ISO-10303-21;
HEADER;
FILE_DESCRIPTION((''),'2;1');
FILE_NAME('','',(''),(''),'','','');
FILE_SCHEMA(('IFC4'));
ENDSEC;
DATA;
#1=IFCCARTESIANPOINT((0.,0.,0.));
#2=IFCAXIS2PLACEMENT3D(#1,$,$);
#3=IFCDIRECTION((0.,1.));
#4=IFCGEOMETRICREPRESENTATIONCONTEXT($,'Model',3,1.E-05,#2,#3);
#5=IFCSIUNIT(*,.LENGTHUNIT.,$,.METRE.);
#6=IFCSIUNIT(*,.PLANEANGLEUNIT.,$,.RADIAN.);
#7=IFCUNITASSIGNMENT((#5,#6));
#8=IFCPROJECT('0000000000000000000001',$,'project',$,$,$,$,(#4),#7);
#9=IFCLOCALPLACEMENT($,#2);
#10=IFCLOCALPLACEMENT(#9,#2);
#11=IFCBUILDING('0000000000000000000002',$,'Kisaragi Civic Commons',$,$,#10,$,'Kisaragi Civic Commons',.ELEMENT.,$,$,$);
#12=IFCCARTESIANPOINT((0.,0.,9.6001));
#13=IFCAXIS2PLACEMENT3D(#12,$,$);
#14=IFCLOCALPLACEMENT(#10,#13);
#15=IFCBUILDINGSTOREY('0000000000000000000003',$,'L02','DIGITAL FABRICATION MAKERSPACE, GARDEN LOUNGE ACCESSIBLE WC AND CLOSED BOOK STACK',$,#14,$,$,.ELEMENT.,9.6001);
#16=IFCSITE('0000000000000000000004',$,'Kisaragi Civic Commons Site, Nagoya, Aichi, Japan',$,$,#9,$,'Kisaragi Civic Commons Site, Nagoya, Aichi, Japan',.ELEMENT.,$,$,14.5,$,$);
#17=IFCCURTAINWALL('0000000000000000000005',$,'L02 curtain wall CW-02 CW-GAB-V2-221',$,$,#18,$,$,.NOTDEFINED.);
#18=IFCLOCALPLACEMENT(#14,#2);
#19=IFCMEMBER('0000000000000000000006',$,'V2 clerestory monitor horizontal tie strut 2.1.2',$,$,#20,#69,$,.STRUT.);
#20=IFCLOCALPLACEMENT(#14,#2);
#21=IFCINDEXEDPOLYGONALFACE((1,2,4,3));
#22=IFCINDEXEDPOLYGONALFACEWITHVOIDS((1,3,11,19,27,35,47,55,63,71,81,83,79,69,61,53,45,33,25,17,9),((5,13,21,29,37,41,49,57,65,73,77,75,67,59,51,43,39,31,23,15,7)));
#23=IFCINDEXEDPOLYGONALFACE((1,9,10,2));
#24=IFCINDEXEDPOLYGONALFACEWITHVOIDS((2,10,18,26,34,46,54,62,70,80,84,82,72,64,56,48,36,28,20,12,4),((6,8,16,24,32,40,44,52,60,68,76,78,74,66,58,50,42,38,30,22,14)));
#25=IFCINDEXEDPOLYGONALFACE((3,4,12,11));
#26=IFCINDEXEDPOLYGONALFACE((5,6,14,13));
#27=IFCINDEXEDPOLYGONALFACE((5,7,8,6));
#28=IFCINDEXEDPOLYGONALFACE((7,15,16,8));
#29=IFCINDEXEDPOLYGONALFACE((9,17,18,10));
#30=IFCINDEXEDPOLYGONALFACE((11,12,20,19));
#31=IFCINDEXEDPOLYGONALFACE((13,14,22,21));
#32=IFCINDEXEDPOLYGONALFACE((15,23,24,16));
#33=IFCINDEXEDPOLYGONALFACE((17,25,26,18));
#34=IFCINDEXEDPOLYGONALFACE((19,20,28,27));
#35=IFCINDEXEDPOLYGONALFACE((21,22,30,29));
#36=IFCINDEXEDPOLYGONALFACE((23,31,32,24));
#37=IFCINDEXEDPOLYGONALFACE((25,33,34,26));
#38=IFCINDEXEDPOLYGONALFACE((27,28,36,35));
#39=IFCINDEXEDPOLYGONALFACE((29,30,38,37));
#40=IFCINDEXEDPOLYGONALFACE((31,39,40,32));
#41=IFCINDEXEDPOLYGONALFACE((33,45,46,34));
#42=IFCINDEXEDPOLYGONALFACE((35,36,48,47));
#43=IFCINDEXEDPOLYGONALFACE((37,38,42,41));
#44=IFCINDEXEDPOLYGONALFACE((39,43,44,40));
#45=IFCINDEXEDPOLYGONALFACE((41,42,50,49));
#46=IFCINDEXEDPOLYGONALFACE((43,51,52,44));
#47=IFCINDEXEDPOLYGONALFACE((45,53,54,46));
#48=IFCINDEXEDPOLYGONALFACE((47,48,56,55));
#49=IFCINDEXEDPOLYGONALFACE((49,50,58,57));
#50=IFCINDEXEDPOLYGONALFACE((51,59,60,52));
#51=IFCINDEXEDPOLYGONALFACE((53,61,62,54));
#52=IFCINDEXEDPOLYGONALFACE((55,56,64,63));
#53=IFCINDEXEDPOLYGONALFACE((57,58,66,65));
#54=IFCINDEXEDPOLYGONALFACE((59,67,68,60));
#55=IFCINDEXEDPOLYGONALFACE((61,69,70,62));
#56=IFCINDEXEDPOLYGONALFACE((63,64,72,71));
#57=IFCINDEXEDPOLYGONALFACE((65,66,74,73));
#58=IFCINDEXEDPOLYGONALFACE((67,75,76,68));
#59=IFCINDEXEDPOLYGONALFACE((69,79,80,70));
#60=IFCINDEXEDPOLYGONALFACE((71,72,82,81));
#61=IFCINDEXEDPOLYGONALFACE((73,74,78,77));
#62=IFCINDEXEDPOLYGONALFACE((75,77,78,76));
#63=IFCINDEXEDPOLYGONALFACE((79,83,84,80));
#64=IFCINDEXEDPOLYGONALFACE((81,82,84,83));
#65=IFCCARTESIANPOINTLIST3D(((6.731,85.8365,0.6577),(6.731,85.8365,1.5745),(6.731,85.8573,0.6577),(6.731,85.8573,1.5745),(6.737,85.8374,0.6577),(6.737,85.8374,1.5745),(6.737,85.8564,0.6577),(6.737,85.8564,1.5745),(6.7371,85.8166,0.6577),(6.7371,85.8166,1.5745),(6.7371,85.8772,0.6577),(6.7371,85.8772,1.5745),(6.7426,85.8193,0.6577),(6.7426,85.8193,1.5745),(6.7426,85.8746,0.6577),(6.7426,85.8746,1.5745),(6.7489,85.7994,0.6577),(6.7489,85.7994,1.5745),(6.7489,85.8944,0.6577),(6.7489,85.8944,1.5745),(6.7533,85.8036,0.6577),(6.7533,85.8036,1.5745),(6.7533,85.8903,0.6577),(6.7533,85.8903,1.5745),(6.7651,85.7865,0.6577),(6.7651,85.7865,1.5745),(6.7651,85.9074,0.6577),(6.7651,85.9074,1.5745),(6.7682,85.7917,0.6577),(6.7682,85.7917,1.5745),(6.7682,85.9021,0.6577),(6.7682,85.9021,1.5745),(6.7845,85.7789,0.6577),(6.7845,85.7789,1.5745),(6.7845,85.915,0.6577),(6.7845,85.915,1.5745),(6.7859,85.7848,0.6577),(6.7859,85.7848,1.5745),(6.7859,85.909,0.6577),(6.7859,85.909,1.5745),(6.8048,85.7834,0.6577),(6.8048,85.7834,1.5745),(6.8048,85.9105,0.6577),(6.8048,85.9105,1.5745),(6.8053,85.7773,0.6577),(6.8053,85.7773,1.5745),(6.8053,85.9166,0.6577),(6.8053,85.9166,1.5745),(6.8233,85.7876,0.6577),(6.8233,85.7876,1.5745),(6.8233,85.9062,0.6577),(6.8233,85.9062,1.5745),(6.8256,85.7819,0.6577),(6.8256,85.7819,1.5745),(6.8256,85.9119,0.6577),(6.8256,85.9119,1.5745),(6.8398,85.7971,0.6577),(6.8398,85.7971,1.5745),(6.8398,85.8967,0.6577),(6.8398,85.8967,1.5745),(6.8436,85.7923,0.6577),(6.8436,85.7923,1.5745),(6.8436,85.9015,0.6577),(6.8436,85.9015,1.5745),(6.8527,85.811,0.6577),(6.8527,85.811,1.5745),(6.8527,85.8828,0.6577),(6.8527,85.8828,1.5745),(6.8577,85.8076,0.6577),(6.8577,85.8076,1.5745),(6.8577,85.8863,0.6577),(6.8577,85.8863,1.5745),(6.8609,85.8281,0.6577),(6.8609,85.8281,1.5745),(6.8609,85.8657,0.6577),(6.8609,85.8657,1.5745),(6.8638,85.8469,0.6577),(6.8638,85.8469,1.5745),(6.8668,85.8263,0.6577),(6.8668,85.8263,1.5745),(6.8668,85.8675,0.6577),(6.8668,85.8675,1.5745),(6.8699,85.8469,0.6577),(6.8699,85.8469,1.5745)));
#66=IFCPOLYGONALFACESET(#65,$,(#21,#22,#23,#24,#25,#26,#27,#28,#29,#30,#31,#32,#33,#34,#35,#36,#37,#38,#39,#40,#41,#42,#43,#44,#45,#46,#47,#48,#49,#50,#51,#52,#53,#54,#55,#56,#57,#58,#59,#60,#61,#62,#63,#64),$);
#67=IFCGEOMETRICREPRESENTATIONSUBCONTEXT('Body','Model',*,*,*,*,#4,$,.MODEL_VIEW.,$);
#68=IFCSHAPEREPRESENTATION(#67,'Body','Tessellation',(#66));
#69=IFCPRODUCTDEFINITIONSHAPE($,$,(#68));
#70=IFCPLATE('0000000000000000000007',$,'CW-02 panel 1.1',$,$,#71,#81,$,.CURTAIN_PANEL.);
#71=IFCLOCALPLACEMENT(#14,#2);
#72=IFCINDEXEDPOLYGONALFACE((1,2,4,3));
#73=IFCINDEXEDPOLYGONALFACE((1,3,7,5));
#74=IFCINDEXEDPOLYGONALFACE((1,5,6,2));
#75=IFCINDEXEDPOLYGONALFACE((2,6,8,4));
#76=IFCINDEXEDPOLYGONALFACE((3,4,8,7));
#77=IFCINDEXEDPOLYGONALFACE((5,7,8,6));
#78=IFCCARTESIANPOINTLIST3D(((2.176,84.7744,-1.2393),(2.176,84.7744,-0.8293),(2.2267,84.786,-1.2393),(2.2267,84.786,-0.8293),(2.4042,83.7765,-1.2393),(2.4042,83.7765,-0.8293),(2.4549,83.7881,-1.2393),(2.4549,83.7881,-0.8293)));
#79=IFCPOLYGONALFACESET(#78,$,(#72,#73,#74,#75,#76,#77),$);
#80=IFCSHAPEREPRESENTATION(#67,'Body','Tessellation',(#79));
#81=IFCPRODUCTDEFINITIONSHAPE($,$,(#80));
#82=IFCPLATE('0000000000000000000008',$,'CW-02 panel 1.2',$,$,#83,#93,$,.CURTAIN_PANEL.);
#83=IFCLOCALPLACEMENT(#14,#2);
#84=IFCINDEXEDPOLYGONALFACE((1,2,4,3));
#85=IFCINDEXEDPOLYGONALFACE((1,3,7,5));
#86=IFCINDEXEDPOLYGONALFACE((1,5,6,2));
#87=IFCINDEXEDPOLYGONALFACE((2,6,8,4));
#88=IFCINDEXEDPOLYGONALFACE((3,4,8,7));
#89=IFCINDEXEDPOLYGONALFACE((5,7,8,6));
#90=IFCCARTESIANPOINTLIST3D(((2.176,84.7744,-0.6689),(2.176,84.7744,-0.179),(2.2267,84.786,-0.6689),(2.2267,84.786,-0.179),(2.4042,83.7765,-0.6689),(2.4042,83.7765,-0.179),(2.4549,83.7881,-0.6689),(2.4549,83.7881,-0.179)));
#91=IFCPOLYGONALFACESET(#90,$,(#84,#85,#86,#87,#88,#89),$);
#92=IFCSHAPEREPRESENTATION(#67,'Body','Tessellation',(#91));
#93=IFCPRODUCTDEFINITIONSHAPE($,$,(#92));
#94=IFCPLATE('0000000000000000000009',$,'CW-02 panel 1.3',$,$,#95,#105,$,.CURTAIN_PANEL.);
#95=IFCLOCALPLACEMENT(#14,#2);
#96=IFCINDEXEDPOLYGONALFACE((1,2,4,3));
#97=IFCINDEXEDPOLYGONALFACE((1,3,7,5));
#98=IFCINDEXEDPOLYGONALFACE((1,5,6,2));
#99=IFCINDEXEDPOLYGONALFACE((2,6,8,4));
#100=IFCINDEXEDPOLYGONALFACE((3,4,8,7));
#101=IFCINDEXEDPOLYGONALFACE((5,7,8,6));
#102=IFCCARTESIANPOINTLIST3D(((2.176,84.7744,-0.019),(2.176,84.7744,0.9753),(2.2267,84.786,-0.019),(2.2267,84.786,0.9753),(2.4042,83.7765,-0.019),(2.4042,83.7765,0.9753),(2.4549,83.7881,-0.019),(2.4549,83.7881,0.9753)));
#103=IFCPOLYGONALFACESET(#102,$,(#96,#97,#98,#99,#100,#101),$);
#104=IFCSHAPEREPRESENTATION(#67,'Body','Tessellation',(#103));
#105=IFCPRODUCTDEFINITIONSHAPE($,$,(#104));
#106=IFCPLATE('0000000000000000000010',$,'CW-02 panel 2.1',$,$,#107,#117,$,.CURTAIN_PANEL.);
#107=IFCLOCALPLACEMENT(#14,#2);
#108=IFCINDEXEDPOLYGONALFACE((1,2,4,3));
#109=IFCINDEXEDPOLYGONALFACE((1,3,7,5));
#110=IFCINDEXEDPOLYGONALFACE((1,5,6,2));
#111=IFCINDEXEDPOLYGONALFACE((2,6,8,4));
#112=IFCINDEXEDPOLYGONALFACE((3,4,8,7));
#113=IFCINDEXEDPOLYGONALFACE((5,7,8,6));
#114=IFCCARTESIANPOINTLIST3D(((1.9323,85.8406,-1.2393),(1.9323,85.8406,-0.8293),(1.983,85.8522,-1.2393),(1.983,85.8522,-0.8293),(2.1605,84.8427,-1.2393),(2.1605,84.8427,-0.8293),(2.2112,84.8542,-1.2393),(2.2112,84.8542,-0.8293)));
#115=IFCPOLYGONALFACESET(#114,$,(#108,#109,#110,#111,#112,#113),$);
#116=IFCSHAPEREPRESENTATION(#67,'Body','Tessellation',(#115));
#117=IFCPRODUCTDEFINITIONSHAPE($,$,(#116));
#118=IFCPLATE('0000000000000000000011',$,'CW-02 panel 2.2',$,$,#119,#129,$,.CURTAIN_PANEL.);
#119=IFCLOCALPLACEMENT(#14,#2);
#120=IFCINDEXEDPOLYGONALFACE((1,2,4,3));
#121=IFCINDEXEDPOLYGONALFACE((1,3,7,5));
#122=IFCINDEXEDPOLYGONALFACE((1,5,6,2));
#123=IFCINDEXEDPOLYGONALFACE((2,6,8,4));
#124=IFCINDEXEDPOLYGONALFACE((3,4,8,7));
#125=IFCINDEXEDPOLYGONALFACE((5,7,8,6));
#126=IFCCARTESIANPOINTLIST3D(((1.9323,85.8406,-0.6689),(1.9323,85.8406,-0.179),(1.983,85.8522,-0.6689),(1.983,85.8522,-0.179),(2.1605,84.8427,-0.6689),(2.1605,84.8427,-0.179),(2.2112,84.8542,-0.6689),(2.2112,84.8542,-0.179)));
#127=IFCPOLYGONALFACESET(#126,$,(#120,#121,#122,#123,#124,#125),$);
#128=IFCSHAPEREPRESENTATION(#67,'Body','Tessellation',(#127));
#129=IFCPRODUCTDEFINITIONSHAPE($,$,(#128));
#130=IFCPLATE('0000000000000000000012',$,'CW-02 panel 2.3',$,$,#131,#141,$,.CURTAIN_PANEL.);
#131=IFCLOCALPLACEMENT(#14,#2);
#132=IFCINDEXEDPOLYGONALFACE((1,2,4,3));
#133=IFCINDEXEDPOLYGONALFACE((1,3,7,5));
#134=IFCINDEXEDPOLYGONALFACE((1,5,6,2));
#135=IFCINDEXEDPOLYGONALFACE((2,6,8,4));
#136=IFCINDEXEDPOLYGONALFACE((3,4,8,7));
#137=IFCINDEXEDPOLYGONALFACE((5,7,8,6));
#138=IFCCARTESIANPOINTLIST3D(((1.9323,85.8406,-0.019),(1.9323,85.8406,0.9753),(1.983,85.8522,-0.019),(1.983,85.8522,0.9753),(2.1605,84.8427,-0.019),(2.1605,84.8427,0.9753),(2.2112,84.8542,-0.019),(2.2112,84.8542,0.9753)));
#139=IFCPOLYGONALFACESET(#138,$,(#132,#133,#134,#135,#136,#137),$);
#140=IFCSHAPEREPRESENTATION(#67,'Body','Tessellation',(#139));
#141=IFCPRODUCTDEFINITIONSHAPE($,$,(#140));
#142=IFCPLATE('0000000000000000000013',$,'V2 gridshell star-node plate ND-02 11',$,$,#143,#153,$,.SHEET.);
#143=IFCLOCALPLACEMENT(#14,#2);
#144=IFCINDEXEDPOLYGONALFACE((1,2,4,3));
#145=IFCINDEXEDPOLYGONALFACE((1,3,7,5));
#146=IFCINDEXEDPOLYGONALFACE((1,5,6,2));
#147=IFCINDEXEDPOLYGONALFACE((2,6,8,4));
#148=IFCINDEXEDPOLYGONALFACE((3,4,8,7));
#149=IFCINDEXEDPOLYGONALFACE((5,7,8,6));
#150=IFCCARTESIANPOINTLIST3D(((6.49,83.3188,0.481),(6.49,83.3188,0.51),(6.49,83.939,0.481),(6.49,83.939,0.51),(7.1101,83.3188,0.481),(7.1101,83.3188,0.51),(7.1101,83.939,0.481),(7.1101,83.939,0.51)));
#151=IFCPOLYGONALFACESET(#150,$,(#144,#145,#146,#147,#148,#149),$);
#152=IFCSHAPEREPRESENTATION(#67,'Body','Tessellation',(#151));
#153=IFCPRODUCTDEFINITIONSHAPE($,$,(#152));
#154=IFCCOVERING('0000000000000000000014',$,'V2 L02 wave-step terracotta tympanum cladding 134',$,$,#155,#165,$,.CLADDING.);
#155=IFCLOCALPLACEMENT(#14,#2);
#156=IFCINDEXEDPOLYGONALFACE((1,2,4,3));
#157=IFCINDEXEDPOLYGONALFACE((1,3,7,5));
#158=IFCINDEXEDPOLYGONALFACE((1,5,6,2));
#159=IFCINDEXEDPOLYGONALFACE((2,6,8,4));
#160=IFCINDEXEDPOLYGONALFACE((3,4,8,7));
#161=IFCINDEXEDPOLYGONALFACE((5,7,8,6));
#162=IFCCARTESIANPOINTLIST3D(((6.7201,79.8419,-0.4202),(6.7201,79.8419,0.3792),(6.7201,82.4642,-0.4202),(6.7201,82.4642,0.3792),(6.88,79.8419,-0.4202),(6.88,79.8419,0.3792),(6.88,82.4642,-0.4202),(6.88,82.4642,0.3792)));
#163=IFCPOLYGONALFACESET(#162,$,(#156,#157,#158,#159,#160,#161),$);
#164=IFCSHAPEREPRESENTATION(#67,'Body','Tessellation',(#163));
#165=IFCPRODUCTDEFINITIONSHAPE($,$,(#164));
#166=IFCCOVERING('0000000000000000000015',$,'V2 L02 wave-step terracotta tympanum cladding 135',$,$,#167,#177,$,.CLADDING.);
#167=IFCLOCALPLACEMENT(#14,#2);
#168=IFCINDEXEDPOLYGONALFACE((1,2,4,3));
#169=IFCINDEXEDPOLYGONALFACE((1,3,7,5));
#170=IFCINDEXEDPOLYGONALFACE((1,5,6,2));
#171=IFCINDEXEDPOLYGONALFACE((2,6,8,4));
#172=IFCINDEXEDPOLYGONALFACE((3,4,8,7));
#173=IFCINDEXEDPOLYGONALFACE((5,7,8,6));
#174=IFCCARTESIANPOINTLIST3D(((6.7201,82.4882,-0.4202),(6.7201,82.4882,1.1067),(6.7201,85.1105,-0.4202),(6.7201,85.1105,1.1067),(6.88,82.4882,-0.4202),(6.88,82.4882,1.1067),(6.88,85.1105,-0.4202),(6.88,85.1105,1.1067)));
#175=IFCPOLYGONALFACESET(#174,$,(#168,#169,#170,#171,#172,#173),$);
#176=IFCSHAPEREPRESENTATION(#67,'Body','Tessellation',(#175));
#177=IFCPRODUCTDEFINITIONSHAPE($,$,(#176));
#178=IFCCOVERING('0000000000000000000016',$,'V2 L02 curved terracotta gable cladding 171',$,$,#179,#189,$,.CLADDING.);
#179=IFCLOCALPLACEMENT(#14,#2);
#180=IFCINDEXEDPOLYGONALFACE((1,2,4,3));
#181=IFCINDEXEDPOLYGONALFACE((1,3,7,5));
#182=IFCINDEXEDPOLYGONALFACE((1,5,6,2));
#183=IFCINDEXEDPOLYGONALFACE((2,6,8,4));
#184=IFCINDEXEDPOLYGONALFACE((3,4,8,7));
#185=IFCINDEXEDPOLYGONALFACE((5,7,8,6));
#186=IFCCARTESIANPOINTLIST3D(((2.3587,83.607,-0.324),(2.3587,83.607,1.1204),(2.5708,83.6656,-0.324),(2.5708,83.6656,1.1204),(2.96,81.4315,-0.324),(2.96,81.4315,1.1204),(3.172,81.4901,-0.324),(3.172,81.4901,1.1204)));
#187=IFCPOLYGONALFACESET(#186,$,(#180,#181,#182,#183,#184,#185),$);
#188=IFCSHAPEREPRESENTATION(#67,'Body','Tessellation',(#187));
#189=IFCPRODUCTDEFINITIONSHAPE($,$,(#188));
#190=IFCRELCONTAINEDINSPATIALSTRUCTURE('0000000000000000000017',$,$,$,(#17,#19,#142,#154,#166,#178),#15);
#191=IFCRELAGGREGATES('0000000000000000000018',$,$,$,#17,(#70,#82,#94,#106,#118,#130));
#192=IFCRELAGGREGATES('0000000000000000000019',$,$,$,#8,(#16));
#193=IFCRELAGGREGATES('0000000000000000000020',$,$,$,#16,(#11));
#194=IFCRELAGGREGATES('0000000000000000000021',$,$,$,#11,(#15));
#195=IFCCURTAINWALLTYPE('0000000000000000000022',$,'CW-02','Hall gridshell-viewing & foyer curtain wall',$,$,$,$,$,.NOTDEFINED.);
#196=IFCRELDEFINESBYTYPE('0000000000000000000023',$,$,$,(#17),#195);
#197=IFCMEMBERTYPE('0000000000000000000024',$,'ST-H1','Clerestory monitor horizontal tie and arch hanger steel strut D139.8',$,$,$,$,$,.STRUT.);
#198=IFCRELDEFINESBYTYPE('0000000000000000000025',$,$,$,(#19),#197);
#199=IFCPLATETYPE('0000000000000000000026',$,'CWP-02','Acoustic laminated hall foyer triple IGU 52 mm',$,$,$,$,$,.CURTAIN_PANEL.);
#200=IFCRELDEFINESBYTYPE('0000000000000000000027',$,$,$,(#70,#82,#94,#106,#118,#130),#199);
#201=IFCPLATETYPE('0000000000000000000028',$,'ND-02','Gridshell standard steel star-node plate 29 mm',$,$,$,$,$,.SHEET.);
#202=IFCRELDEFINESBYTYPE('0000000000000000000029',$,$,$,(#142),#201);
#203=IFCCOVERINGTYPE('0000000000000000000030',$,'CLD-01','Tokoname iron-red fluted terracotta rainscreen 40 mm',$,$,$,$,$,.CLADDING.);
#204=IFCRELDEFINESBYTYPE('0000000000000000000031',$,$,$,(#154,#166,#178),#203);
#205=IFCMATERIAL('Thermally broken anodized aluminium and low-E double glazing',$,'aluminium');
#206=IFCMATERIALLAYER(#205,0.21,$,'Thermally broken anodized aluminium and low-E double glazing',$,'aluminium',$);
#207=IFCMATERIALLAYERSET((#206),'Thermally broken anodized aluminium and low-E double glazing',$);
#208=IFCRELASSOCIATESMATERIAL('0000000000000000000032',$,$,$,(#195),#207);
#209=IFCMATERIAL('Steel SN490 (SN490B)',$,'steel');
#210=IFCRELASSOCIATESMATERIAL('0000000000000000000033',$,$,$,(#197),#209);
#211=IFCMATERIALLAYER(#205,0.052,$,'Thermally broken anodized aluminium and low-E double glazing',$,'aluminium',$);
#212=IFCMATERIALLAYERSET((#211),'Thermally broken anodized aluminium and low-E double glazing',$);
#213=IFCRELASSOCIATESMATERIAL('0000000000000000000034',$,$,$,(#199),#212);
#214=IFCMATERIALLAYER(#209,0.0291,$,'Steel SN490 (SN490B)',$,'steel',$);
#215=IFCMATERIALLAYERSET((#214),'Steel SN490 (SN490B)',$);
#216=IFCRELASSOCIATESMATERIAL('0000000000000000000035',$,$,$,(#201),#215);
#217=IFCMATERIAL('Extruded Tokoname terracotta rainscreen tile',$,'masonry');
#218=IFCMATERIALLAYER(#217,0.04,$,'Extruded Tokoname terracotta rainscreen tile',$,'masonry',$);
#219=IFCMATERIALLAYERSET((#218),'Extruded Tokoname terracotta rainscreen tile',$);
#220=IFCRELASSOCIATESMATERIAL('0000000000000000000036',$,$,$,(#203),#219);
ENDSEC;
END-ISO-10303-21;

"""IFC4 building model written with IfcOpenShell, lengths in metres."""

from ifc_helpers import new_model, si_unit, direction, frame, origin, origin_2d, place, context, subcontext, project, spatial, rectangle, hollow_circle, extrude, material, layer, layer_set, material_profile, profile_set, type_object, element, aggregate, save


model = new_model("IFC4")

# Units and contexts
model_context = context("Model", 3, precision=1e-05, world=origin(), true_north=direction((0.0, 1.0)))
body_context = subcontext(model_context, "Body", "Model", "MODEL_VIEW")
ifc_project = project(units=[si_unit("LENGTHUNIT", "METRE"), si_unit("PLANEANGLEUNIT", "RADIAN")], contexts=[model_context])

# Site, building, storey
site_placement = place(None, origin())
site = spatial("IfcSite", under=ifc_project, at=site_placement, Name="Kisaragi Civic Commons Site, Nagoya, Aichi, Japan", LongName="Kisaragi Civic Commons Site, Nagoya, Aichi, Japan", CompositionType="ELEMENT", RefElevation=14.5)
building_placement = place(site_placement, origin())
building = spatial("IfcBuilding", under=site, at=building_placement, Name="Kisaragi Civic Commons", LongName="Kisaragi Civic Commons", CompositionType="ELEMENT")
storey_placement = place(building_placement, frame((0.0, 0.0, 9.6001)))
storey = spatial("IfcBuildingStorey", under=building, at=storey_placement, Name="L02", Description="DIGITAL FABRICATION MAKERSPACE, GARDEN LOUNGE ACCESSIBLE WC AND CLOSED BOOK STACK", CompositionType="ELEMENT", Elevation=9.6001)

# Curtain wall
ifc_material_1 = material(Name="Thermally broken anodized aluminium and low-E double glazing", Category="aluminium")
ifc_layer_1 = layer(ifc_material_1, 0.21, Name="Thermally broken anodized aluminium and low-E double glazing", Category="aluminium")
ifc_layer_set_1 = layer_set([ifc_layer_1], Name="Thermally broken anodized aluminium and low-E double glazing")
curtain_wall_type = type_object("IfcCurtainWallType", Name="CW-02", Description="Hall gridshell-viewing & foyer curtain wall", PredefinedType="NOTDEFINED", material=ifc_layer_set_1)
curtain_wall_placement = place(storey_placement, origin())
curtain_wall = element("IfcCurtainWall", 1, at=curtain_wall_placement, inside=storey, type_object=curtain_wall_type, Name="L02 curtain wall CW-02 CW-GAB-V2-221", PredefinedType="NOTDEFINED")

# Member
ifc_material_2 = material(Name="Steel SN490 (SN490B)", Category="steel")
ifc_material_profile_1 = material_profile(ifc_material_2, hollow_circle(Radius=0.0698, WallThickness=0.0061, at=origin_2d()), Name="CHS-139.8x6.0", Category="steel")
ifc_profile_set_1 = profile_set([ifc_material_profile_1], Name="Steel SN490 (SN490B)")
member_type_1 = type_object("IfcMemberType", Name="ST-H1", Description="Clerestory monitor horizontal tie and arch hanger steel strut D139.8", PredefinedType="STRUT", material=ifc_profile_set_1)
member_1_placement = place(storey_placement, frame((6.8, 85.8469, 0.6577), z_axis=(0.0, 0.0, 1.0), x_axis=(1.0, 0.0, 0.0)))
element("IfcMember", 2, at=member_1_placement, inside=storey, type_object=member_type_1, Name="V2 clerestory monitor horizontal tie strut 2.1.2", PredefinedType="STRUT", context=body_context, shape_type="SweptSolid", body=[
    extrude(hollow_circle(Radius=0.0698, WallThickness=0.0061, at=origin_2d()), origin(), (0.0, 0.0, 1.0), 0.9167),
])

# Plates
ifc_layer_2 = layer(ifc_material_1, 0.052, Name="Thermally broken anodized aluminium and low-E double glazing", Category="aluminium")
ifc_layer_set_2 = layer_set([ifc_layer_2], Name="Thermally broken anodized aluminium and low-E double glazing")
plate_type_1 = type_object("IfcPlateType", Name="CWP-02", Description="Acoustic laminated hall foyer triple IGU 52 mm", PredefinedType="CURTAIN_PANEL", material=ifc_layer_set_2)
plate_1_placement = place(storey_placement, frame((2.3154, 84.2812, -1.2393), z_axis=(0.0, 0.0, 1.0), x_axis=(-0.222889, 0.974844, 0.0)))
plate_1 = element("IfcPlate", 3, at=plate_1_placement, type_object=plate_type_1, Name="CW-02 panel 1.1", PredefinedType="CURTAIN_PANEL", context=body_context, shape_type="SweptSolid", body=[
    extrude(rectangle(XDim=1.0237, YDim=0.052, at=origin_2d()), origin(), (0.0, 0.0, 1.0), 0.4099),
])
plate_2_placement = place(storey_placement, frame((2.3154, 84.2812, -0.6689), z_axis=(0.0, 0.0, 1.0), x_axis=(-0.222889, 0.974844, 0.0)))
plate_2 = element("IfcPlate", 4, at=plate_2_placement, type_object=plate_type_1, Name="CW-02 panel 1.2", PredefinedType="CURTAIN_PANEL", context=body_context, shape_type="SweptSolid", body=[
    extrude(rectangle(XDim=1.0237, YDim=0.052, at=origin_2d()), origin(), (0.0, 0.0, 1.0), 0.49),
])
plate_3_placement = place(storey_placement, frame((2.3154, 84.2812, -0.019), z_axis=(0.0, 0.0, 1.0), x_axis=(-0.222889, 0.974844, 0.0)))
plate_3 = element("IfcPlate", 5, at=plate_3_placement, type_object=plate_type_1, Name="CW-02 panel 1.3", PredefinedType="CURTAIN_PANEL", context=body_context, shape_type="SweptSolid", body=[
    extrude(rectangle(XDim=1.0237, YDim=0.052, at=origin_2d()), origin(), (0.0, 0.0, 1.0), 0.9944),
])
plate_4_placement = place(storey_placement, frame((2.0718, 85.3474, -1.2393), z_axis=(0.0, 0.0, 1.0), x_axis=(-0.222889, 0.974844, 0.0)))
plate_4 = element("IfcPlate", 6, at=plate_4_placement, type_object=plate_type_1, Name="CW-02 panel 2.1", PredefinedType="CURTAIN_PANEL", context=body_context, shape_type="SweptSolid", body=[
    extrude(rectangle(XDim=1.0237, YDim=0.052, at=origin_2d()), origin(), (0.0, 0.0, 1.0), 0.4099),
])
plate_5_placement = place(storey_placement, frame((2.0718, 85.3474, -0.6689), z_axis=(0.0, 0.0, 1.0), x_axis=(-0.222889, 0.974844, 0.0)))
plate_5 = element("IfcPlate", 7, at=plate_5_placement, type_object=plate_type_1, Name="CW-02 panel 2.2", PredefinedType="CURTAIN_PANEL", context=body_context, shape_type="SweptSolid", body=[
    extrude(rectangle(XDim=1.0237, YDim=0.052, at=origin_2d()), origin(), (0.0, 0.0, 1.0), 0.49),
])
plate_6_placement = place(storey_placement, frame((2.0718, 85.3474, -0.019), z_axis=(0.0, 0.0, 1.0), x_axis=(-0.222889, 0.974844, 0.0)))
plate_6 = element("IfcPlate", 8, at=plate_6_placement, type_object=plate_type_1, Name="CW-02 panel 2.3", PredefinedType="CURTAIN_PANEL", context=body_context, shape_type="SweptSolid", body=[
    extrude(rectangle(XDim=1.0237, YDim=0.052, at=origin_2d()), origin(), (0.0, 0.0, 1.0), 0.9944),
])
aggregate(curtain_wall, [plate_1, plate_2, plate_3, plate_4, plate_5, plate_6])
ifc_layer_3 = layer(ifc_material_2, 0.0291, Name="Steel SN490 (SN490B)", Category="steel")
ifc_layer_set_3 = layer_set([ifc_layer_3], Name="Steel SN490 (SN490B)")
plate_type_2 = type_object("IfcPlateType", Name="ND-02", Description="Gridshell standard steel star-node plate 29 mm", PredefinedType="SHEET", material=ifc_layer_set_3)
plate_7_placement = place(storey_placement, frame((6.8, 83.6289, 0.481), z_axis=(0.0, 0.0, 1.0), x_axis=(1.0, 0.0, 0.0)))
element("IfcPlate", 9, at=plate_7_placement, inside=storey, type_object=plate_type_2, Name="V2 gridshell star-node plate ND-02 11", PredefinedType="SHEET", context=body_context, shape_type="SweptSolid", body=[
    extrude(rectangle(XDim=0.6201, YDim=0.6201, at=origin_2d()), origin(), (0.0, 0.0, 1.0), 0.0291),
])

# Coverings
ifc_material_3 = material(Name="Extruded Tokoname terracotta rainscreen tile", Category="masonry")
ifc_layer_4 = layer(ifc_material_3, 0.04, Name="Extruded Tokoname terracotta rainscreen tile", Category="masonry")
ifc_layer_set_4 = layer_set([ifc_layer_4], Name="Extruded Tokoname terracotta rainscreen tile")
covering_type = type_object("IfcCoveringType", Name="CLD-01", Description="Tokoname iron-red fluted terracotta rainscreen 40 mm", PredefinedType="CLADDING", material=ifc_layer_set_4)
covering_1_placement = place(storey_placement, frame((6.8, 81.1531, -0.4202), z_axis=(0.0, 0.0, 1.0), x_axis=(0.0, 1.0, 0.0)))
element("IfcCovering", 10, at=covering_1_placement, inside=storey, type_object=covering_type, Name="V2 L02 wave-step terracotta tympanum cladding 134", PredefinedType="CLADDING", context=body_context, shape_type="SweptSolid", body=[
    extrude(rectangle(XDim=2.6223, YDim=0.1599, at=origin_2d()), origin(), (0.0, 0.0, 1.0), 0.7993),
])
covering_2_placement = place(storey_placement, frame((6.8, 83.7993, -0.4202), z_axis=(0.0, 0.0, 1.0), x_axis=(0.0, 1.0, 0.0)))
element("IfcCovering", 11, at=covering_2_placement, inside=storey, type_object=covering_type, Name="V2 L02 wave-step terracotta tympanum cladding 135", PredefinedType="CLADDING", context=body_context, shape_type="SweptSolid", body=[
    extrude(rectangle(XDim=2.6223, YDim=0.1599, at=origin_2d()), origin(), (0.0, 0.0, 1.0), 1.5269),
])
for number, where, z_axis, x_axis, name in (
    (12, (2.7654, 82.5486, -0.324), (0.0, 0.0, 1.0), (-0.266397, 0.963863, 0.0), "V2 L02 curved terracotta gable cladding 171"),
):
    element("IfcCovering", number, at=place(storey_placement, frame(where, z_axis=z_axis, x_axis=x_axis)), inside=storey, type_object=covering_type, Name=name, PredefinedType="CLADDING", context=body_context, shape_type="SweptSolid", body=[
        extrude(rectangle(XDim=2.2571, YDim=0.22, at=origin_2d()), origin(), (0.0, 0.0, 1.0), 1.4443),
    ])

save(model, "model.ifc")
